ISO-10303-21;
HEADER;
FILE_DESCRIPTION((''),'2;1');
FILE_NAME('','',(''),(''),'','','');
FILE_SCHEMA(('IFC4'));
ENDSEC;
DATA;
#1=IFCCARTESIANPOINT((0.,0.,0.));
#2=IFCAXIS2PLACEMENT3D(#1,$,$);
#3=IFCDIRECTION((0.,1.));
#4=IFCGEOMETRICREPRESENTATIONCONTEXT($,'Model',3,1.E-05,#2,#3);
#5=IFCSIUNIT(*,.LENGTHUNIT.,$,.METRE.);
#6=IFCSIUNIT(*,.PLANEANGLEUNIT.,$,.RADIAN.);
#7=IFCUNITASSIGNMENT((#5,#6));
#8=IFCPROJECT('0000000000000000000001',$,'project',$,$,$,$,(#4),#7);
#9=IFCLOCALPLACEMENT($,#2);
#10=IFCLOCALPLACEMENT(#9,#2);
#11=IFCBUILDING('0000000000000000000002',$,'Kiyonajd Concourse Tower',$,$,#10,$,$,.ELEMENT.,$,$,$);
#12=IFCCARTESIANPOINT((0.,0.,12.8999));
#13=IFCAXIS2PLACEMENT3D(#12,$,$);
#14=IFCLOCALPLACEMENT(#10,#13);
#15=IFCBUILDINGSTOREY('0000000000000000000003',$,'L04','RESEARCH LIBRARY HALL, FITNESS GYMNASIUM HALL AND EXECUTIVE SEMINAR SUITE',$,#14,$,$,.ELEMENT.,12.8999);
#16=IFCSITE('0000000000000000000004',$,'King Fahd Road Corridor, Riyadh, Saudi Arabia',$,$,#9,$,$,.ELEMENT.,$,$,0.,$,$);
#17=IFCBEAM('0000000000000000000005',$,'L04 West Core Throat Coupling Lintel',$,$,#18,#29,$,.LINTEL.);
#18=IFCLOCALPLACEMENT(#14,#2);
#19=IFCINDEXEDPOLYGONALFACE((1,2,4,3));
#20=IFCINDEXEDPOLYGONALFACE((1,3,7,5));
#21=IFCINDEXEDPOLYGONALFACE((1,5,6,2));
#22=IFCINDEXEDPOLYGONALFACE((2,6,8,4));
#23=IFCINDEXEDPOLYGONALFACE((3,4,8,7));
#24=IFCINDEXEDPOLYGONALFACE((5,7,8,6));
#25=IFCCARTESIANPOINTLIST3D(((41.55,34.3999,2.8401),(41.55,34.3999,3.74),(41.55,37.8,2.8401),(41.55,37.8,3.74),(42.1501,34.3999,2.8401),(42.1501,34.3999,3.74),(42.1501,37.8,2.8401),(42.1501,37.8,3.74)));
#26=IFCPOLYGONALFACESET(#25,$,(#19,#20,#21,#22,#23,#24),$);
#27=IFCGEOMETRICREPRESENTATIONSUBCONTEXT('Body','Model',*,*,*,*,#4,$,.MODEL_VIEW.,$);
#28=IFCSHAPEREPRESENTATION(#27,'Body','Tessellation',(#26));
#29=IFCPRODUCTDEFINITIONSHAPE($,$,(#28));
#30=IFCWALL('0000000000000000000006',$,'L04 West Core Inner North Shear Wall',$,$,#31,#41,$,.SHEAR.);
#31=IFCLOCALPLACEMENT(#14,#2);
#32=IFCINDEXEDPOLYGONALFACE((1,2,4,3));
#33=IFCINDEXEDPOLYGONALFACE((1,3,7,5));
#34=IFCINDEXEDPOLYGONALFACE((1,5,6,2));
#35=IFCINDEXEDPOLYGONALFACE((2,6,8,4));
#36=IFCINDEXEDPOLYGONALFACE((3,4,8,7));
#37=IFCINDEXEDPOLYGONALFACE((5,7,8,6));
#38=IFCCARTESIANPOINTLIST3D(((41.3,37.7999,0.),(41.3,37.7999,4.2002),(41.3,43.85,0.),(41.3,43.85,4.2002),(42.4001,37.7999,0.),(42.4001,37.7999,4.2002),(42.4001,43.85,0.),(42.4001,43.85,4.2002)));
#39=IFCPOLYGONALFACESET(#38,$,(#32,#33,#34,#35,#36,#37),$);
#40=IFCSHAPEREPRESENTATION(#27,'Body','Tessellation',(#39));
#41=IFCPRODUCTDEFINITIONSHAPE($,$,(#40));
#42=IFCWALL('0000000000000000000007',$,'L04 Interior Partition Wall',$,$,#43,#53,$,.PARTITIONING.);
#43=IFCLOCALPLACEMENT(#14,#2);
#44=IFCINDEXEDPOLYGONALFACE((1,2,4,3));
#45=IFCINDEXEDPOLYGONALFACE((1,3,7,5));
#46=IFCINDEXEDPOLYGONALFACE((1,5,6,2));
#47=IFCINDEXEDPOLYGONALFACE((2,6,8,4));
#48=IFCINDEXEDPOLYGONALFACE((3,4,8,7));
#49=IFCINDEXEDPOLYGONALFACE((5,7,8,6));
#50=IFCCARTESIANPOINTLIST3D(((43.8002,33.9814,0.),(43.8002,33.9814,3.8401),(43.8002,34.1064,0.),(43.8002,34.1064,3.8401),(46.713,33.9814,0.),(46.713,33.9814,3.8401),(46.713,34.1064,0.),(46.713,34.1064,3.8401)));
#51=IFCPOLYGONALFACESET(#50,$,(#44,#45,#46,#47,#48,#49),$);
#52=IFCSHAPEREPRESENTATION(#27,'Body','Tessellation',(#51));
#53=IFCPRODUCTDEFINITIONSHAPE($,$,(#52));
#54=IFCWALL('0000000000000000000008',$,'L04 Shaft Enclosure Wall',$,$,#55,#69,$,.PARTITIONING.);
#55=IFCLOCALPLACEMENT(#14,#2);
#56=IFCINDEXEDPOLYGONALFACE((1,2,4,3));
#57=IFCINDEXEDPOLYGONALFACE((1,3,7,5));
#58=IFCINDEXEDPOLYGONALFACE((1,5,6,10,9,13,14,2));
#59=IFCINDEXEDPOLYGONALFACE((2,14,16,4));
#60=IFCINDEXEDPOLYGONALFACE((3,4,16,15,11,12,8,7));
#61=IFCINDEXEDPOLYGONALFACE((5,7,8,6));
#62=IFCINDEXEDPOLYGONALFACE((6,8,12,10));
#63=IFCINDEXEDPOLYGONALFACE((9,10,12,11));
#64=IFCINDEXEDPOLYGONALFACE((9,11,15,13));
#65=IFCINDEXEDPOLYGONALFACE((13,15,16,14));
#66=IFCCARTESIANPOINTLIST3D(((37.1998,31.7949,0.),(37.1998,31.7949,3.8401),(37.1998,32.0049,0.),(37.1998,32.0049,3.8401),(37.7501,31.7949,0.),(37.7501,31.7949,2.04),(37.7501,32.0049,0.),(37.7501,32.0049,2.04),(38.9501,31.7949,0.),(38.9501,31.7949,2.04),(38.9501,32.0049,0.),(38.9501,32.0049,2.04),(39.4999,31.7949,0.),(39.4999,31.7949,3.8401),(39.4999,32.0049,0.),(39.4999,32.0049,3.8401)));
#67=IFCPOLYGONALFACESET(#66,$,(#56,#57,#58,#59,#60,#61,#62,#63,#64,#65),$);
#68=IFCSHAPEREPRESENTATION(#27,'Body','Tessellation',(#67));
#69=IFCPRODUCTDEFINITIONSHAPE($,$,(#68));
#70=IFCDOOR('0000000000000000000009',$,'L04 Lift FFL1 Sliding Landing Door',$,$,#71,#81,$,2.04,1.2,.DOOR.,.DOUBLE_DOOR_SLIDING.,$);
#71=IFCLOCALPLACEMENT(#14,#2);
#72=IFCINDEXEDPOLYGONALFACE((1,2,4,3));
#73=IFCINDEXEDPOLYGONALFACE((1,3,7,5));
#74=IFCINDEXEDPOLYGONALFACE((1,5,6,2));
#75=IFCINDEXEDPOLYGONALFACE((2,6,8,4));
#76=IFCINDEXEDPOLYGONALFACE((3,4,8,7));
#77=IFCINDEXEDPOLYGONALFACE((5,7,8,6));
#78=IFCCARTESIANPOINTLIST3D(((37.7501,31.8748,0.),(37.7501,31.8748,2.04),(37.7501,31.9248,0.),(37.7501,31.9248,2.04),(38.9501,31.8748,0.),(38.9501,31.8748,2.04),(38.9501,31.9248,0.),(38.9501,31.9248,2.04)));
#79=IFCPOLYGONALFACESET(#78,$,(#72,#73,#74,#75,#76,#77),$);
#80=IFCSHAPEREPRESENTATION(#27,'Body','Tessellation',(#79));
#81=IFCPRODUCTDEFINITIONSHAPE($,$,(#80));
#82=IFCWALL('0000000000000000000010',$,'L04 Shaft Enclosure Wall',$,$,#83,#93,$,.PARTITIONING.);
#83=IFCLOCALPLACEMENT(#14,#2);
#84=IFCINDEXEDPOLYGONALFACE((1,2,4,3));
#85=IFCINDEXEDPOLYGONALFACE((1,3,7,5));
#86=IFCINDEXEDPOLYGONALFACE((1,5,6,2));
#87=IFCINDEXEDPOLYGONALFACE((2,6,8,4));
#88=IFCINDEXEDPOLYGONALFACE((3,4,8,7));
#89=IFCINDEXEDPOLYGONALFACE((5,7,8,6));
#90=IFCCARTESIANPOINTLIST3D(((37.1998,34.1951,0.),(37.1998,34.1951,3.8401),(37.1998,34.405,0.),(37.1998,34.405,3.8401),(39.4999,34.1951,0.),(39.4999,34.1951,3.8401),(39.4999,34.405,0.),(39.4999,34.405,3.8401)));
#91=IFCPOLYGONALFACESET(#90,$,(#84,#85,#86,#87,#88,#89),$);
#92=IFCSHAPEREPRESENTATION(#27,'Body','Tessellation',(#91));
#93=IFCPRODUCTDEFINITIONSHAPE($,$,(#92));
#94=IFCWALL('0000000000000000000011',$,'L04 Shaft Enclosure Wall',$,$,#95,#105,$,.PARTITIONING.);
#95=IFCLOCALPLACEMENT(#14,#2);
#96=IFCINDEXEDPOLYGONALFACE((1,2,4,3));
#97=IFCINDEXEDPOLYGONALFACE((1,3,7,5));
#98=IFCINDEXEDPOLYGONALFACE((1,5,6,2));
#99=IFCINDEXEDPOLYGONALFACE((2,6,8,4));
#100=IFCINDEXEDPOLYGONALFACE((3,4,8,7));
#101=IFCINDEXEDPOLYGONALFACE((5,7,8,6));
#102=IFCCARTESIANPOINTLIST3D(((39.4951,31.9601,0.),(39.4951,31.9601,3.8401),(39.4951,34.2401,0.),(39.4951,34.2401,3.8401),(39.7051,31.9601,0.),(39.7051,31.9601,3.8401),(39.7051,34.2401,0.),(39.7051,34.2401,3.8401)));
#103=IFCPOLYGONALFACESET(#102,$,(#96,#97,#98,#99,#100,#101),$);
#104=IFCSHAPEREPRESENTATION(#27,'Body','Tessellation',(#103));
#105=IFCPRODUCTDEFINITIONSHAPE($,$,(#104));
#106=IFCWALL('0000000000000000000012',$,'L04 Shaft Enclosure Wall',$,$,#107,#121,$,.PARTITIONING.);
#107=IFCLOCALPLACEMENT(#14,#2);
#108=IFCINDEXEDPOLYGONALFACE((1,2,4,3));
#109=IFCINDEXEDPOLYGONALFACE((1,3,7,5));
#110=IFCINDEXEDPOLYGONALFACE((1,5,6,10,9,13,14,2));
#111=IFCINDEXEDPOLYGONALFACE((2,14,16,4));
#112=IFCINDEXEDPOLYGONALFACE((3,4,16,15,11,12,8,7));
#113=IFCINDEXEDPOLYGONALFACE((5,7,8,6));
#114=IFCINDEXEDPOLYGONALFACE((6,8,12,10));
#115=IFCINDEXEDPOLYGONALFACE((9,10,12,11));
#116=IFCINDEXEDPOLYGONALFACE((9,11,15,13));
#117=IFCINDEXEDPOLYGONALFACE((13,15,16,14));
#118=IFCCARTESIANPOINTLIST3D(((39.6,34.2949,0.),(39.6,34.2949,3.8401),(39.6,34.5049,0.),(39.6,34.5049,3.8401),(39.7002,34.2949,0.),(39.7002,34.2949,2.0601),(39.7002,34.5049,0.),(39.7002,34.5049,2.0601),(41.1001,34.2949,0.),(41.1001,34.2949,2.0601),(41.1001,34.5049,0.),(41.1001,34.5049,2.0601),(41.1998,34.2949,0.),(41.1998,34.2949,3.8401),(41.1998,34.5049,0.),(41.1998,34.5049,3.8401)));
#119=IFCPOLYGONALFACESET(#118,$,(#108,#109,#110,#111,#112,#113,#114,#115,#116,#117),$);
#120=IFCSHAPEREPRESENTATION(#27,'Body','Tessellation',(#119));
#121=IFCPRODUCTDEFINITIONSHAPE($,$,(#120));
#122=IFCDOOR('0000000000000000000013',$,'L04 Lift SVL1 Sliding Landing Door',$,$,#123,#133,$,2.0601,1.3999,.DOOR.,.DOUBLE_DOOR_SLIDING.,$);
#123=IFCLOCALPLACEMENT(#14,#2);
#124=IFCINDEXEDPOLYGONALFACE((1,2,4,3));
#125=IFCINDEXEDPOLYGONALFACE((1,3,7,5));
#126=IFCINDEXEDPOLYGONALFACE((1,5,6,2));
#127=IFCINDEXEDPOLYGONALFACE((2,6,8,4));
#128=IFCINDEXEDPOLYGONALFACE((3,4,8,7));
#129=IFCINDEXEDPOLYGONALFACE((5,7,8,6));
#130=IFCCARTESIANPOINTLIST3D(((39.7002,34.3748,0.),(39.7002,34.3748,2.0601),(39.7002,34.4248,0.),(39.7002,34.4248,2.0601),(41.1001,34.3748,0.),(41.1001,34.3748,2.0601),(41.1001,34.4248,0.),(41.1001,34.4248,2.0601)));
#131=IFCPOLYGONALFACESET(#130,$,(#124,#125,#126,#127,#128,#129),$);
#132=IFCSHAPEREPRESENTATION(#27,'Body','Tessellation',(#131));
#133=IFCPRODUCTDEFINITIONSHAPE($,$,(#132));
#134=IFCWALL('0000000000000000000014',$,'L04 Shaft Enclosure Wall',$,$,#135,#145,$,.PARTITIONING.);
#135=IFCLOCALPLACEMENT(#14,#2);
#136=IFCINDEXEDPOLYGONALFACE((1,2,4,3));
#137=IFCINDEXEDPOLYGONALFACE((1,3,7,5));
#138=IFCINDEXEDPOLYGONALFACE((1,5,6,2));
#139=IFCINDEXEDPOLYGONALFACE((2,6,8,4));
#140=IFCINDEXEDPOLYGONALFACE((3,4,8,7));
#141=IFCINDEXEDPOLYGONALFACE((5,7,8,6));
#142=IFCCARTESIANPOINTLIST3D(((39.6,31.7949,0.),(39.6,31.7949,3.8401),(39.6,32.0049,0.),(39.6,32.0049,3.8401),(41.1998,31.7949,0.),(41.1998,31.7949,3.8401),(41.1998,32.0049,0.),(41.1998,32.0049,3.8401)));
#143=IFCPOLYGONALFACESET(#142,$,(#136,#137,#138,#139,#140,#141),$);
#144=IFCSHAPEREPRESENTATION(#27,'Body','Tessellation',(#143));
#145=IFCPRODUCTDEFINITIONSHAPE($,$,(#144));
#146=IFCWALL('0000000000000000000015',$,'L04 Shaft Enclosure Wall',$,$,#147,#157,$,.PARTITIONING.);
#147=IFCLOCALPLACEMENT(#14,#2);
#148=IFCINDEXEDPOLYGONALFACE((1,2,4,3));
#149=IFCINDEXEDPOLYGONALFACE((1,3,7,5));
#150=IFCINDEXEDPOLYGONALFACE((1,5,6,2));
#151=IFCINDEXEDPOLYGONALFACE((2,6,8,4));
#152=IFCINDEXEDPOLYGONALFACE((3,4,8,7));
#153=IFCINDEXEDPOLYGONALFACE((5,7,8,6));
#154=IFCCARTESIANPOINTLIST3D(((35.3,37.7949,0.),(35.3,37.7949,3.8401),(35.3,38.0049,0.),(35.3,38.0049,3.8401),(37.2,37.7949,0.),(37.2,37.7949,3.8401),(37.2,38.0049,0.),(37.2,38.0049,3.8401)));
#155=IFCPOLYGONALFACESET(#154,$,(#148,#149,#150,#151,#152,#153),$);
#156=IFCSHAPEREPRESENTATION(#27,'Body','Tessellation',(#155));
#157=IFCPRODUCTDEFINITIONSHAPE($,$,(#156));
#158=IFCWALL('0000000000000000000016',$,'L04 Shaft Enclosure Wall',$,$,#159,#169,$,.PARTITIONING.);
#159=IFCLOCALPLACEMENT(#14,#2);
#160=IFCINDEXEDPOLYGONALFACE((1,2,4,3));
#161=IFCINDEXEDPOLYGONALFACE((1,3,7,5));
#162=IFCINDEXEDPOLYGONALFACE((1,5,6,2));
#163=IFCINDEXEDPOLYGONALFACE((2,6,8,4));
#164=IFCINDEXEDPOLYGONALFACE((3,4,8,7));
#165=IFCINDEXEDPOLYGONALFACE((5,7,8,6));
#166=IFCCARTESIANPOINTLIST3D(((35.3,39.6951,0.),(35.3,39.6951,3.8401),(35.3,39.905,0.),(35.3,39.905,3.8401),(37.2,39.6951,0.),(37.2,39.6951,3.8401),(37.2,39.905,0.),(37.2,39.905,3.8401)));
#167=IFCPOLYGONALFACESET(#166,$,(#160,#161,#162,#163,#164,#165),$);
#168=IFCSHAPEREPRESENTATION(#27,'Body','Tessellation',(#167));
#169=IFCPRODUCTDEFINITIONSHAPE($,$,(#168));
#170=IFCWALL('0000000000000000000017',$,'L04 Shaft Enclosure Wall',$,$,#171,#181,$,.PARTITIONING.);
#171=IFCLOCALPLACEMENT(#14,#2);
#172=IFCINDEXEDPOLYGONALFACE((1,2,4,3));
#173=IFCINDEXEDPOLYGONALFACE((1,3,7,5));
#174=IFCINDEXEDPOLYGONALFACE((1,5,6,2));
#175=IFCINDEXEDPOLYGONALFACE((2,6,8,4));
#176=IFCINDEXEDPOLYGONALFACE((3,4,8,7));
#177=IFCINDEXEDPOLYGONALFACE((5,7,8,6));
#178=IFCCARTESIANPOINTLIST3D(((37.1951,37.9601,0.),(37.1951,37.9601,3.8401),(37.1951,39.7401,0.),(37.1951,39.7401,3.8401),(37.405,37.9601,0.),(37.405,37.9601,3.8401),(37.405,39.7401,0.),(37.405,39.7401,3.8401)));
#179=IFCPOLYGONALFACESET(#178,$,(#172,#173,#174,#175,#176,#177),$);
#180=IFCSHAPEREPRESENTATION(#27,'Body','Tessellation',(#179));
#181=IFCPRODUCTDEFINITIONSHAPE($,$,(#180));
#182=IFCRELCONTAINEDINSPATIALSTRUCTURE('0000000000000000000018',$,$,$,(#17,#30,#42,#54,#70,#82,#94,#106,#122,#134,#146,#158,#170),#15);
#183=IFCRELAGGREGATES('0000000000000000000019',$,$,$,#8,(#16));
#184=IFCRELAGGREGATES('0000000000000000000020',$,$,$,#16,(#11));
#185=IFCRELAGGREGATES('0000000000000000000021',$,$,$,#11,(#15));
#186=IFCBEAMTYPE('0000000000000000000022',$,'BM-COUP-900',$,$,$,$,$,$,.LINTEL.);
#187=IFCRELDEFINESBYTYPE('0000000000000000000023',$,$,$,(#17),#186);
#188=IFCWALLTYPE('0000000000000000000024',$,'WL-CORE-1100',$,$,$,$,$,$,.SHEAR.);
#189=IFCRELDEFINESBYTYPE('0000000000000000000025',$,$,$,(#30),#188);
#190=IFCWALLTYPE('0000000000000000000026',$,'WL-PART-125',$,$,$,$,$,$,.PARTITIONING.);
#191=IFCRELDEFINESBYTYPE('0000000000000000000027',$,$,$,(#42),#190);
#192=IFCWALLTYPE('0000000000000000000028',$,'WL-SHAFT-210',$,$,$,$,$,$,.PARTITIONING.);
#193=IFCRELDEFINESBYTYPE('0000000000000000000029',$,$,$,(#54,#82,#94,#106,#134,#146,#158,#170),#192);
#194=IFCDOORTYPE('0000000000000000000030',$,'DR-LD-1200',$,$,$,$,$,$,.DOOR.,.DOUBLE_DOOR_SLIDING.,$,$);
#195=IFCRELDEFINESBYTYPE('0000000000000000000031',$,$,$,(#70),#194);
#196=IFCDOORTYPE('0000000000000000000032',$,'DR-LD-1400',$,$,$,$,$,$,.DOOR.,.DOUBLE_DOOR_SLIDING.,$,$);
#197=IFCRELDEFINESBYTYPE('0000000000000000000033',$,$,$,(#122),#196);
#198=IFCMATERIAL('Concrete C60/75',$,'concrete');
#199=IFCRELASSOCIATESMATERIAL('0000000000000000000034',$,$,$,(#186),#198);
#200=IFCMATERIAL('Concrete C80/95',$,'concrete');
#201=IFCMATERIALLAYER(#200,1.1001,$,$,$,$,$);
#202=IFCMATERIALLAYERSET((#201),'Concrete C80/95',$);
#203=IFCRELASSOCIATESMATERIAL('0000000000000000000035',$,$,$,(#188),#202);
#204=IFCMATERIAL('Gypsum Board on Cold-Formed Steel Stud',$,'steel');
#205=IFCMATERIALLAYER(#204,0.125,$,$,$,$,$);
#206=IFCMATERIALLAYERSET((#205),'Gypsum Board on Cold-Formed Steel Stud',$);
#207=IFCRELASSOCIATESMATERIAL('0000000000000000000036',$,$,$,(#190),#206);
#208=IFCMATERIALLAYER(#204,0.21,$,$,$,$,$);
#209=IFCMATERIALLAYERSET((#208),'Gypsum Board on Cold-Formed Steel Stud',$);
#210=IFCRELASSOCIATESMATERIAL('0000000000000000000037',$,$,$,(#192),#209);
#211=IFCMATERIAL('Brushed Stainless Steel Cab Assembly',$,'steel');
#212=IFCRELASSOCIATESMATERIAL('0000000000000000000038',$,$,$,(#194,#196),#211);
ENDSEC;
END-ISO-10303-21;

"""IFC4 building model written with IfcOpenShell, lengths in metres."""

from ifc_helpers import new_model, si_unit, direction, frame, frame_2d, origin, origin_2d, place, context, subcontext, project, spatial, rectangle, extrude, material, layer, layer_set, material_profile, profile_set, type_object, element, fill, save


model = new_model("IFC4")

# Units and contexts
model_context = context("Model", 3, precision=1e-05, world=origin(), true_north=direction((0.0, 1.0)))
body_context = subcontext(model_context, "Body", "Model", "MODEL_VIEW")
ifc_project = project(units=[si_unit("LENGTHUNIT", "METRE"), si_unit("PLANEANGLEUNIT", "RADIAN")], contexts=[model_context])

# Site, building, storey
site_placement = place(None, origin())
site = spatial("IfcSite", under=ifc_project, at=site_placement, Name="King Fahd Road Corridor, Riyadh, Saudi Arabia", CompositionType="ELEMENT", RefElevation=0.0)
building_placement = place(site_placement, origin())
building = spatial("IfcBuilding", under=site, at=building_placement, Name="Kiyonajd Concourse Tower", CompositionType="ELEMENT")
storey_placement = place(building_placement, frame((0.0, 0.0, 12.8999)))
storey = spatial("IfcBuildingStorey", under=building, at=storey_placement, Name="L04", Description="RESEARCH LIBRARY HALL, FITNESS GYMNASIUM HALL AND EXECUTIVE SEMINAR SUITE", CompositionType="ELEMENT", Elevation=12.8999)

# Beam
ifc_material_1 = material(Name="Concrete C60/75", Category="concrete")
ifc_material_profile = material_profile(ifc_material_1, rectangle(XDim=0.6001, YDim=0.8999, at=origin_2d()), Name="RCBM-600x900")
ifc_profile_set = profile_set([ifc_material_profile], Name="Concrete C60/75")
beam_type = type_object("IfcBeamType", Name="BM-COUP-900", PredefinedType="LINTEL", material=ifc_profile_set)
beam_placement = place(storey_placement, frame((41.8501, 34.3999, 3.29), z_axis=(0.0, 1.0, 0.0), x_axis=(-1.0, 0.0, 0.0)))
element("IfcBeam", 1, at=beam_placement, inside=storey, type_object=beam_type, Name="L04 West Core Throat Coupling Lintel", PredefinedType="LINTEL", context=body_context, shape_type="SweptSolid", body=[
    extrude(rectangle(XDim=0.6001, YDim=0.8999, at=origin_2d()), origin(), (0.0, 0.0, 1.0), 3.4001),
])

# Walls
ifc_material_2 = material(Name="Concrete C80/95", Category="concrete")
ifc_layer_1 = layer(ifc_material_2, 1.1001)
ifc_layer_set_1 = layer_set([ifc_layer_1], Name="Concrete C80/95")
wall_type_1 = type_object("IfcWallType", Name="WL-CORE-1100", PredefinedType="SHEAR", material=ifc_layer_set_1)
wall_1_placement = place(storey_placement, frame((41.8501, 37.8, 0.0), z_axis=(0.0, 0.0, 1.0), x_axis=(0.0, 1.0, 0.0)))
element("IfcWall", 2, at=wall_1_placement, inside=storey, type_object=wall_type_1, Name="L04 West Core Inner North Shear Wall", PredefinedType="SHEAR", context=body_context, shape_type="SweptSolid", body=[
    extrude(rectangle(XDim=6.05, YDim=1.1001, at=frame_2d((3.0249, 0.0))), origin(), (0.0, 0.0, 1.0), 4.2002),
])
ifc_material_3 = material(Name="Gypsum Board on Cold-Formed Steel Stud", Category="steel")
ifc_layer_2 = layer(ifc_material_3, 0.125)
ifc_layer_set_2 = layer_set([ifc_layer_2], Name="Gypsum Board on Cold-Formed Steel Stud")
wall_type_2 = type_object("IfcWallType", Name="WL-PART-125", PredefinedType="PARTITIONING", material=ifc_layer_set_2)
wall_2_placement = place(storey_placement, frame((43.8, 34.0439, 0.0), z_axis=(0.0, 0.0, 1.0), x_axis=(1.0, 0.0, 0.0)))
element("IfcWall", 3, at=wall_2_placement, inside=storey, type_object=wall_type_2, Name="L04 Interior Partition Wall", PredefinedType="PARTITIONING", context=body_context, shape_type="SweptSolid", body=[
    extrude(rectangle(XDim=2.9128, YDim=0.125, at=frame_2d((1.4565, 0.0))), origin(), (0.0, 0.0, 1.0), 3.8401),
])

# Wall, opening, door
ifc_layer_3 = layer(ifc_material_3, 0.21)
ifc_layer_set_3 = layer_set([ifc_layer_3], Name="Gypsum Board on Cold-Formed Steel Stud")
wall_type_3 = type_object("IfcWallType", Name="WL-SHAFT-210", PredefinedType="PARTITIONING", material=ifc_layer_set_3)
wall_3_placement = place(storey_placement, frame((37.2, 31.8999, 0.0), z_axis=(0.0, 0.0, 1.0), x_axis=(1.0, 0.0, 0.0)))
wall_3 = element("IfcWall", 4, at=wall_3_placement, inside=storey, type_object=wall_type_3, Name="L04 Shaft Enclosure Wall", PredefinedType="PARTITIONING", context=body_context, shape_type="SweptSolid", body=[
    extrude(rectangle(XDim=2.3, YDim=0.21, at=frame_2d((1.1499, 0.0))), origin(), (0.0, 0.0, 1.0), 3.8401),
])
opening_1_placement = place(wall_3_placement, frame((0.55, 0.0, 0.0)))
opening_1 = element("IfcOpeningElement", 5, at=opening_1_placement, cuts=wall_3, PredefinedType="OPENING", context=body_context, shape_type="SweptSolid", body=[
    extrude(rectangle(XDim=1.2, YDim=2.04, at=frame_2d((0.6001, 1.02))), frame((0.0, 0.115, 0.0), z_axis=(0.0, -1.0, 0.0), x_axis=(1.0, 0.0, 0.0)), (0.0, 0.0, 1.0), 0.23),
])
ifc_material_4 = material(Name="Brushed Stainless Steel Cab Assembly", Category="steel")
door_type_1 = type_object("IfcDoorType", Name="DR-LD-1200", OperationType="DOUBLE_DOOR_SLIDING", PredefinedType="DOOR", material=ifc_material_4)
door_1_placement = place(opening_1_placement, origin())
door_1 = element("IfcDoor", 6, at=door_1_placement, inside=storey, type_object=door_type_1, Name="L04 Lift FFL1 Sliding Landing Door", OperationType="DOUBLE_DOOR_SLIDING", OverallHeight=2.04, OverallWidth=1.2, PredefinedType="DOOR", context=body_context, shape_type="SweptSolid", body=[
    extrude(rectangle(XDim=1.2, YDim=2.04, at=frame_2d((0.6001, 1.02))), frame((0.0, 0.0249, 0.0), z_axis=(0.0, -1.0, 0.0), x_axis=(1.0, 0.0, 0.0)), (0.0, 0.0, 1.0), 0.05),
])
fill(opening_1, door_1)

# Walls
wall_4_placement = place(storey_placement, frame((37.2, 34.3, 0.0), z_axis=(0.0, 0.0, 1.0), x_axis=(1.0, 0.0, 0.0)))
element("IfcWall", 7, at=wall_4_placement, inside=storey, type_object=wall_type_3, Name="L04 Shaft Enclosure Wall", PredefinedType="PARTITIONING", context=body_context, shape_type="SweptSolid", body=[
    extrude(rectangle(XDim=2.3, YDim=0.21, at=frame_2d((1.1499, 0.0))), origin(), (0.0, 0.0, 1.0), 3.8401),
])
wall_5_placement = place(storey_placement, frame((39.6001, 31.96, 0.0), z_axis=(0.0, 0.0, 1.0), x_axis=(0.0, 1.0, 0.0)))
element("IfcWall", 8, at=wall_5_placement, inside=storey, type_object=wall_type_3, Name="L04 Shaft Enclosure Wall", PredefinedType="PARTITIONING", context=body_context, shape_type="SweptSolid", body=[
    extrude(rectangle(XDim=2.28, YDim=0.21, at=frame_2d((1.1401, 0.0))), origin(), (0.0, 0.0, 1.0), 3.8401),
])

# Wall, opening, door
wall_6_placement = place(storey_placement, frame((39.6001, 34.3999, 0.0), z_axis=(0.0, 0.0, 1.0), x_axis=(1.0, 0.0, 0.0)))
wall_6 = element("IfcWall", 9, at=wall_6_placement, inside=storey, type_object=wall_type_3, Name="L04 Shaft Enclosure Wall", PredefinedType="PARTITIONING", context=body_context, shape_type="SweptSolid", body=[
    extrude(rectangle(XDim=1.5999, YDim=0.21, at=frame_2d((0.7998, 0.0))), origin(), (0.0, 0.0, 1.0), 3.8401),
])
opening_2_placement = place(wall_6_placement, frame((0.1001, 0.0, 0.0)))
opening_2 = element("IfcOpeningElement", 10, at=opening_2_placement, cuts=wall_6, PredefinedType="OPENING", context=body_context, shape_type="SweptSolid", body=[
    extrude(rectangle(XDim=1.3999, YDim=2.0601, at=frame_2d((0.7, 1.03))), frame((0.0, 0.115, 0.0), z_axis=(0.0, -1.0, 0.0), x_axis=(1.0, 0.0, 0.0)), (0.0, 0.0, 1.0), 0.23),
])
door_type_2 = type_object("IfcDoorType", Name="DR-LD-1400", OperationType="DOUBLE_DOOR_SLIDING", PredefinedType="DOOR", material=ifc_material_4)
door_2_placement = place(opening_2_placement, origin())
door_2 = element("IfcDoor", 11, at=door_2_placement, inside=storey, type_object=door_type_2, Name="L04 Lift SVL1 Sliding Landing Door", OperationType="DOUBLE_DOOR_SLIDING", OverallHeight=2.0601, OverallWidth=1.3999, PredefinedType="DOOR", context=body_context, shape_type="SweptSolid", body=[
    extrude(rectangle(XDim=1.3999, YDim=2.0601, at=frame_2d((0.7, 1.03))), frame((0.0, 0.0249, 0.0), z_axis=(0.0, -1.0, 0.0), x_axis=(1.0, 0.0, 0.0)), (0.0, 0.0, 1.0), 0.05),
])
fill(opening_2, door_2)

# Walls
wall_7_placement = place(storey_placement, frame((39.6001, 31.8999, 0.0), z_axis=(0.0, 0.0, 1.0), x_axis=(1.0, 0.0, 0.0)))
element("IfcWall", 12, at=wall_7_placement, inside=storey, type_object=wall_type_3, Name="L04 Shaft Enclosure Wall", PredefinedType="PARTITIONING", context=body_context, shape_type="SweptSolid", body=[
    extrude(rectangle(XDim=1.5999, YDim=0.21, at=frame_2d((0.7998, 0.0))), origin(), (0.0, 0.0, 1.0), 3.8401),
])
for number, where, z_axis, x_axis, name in (
    (13, (35.3, 37.8999, 0.0), (0.0, 0.0, 1.0), (1.0, 0.0, 0.0), "L04 Shaft Enclosure Wall"),
    (14, (35.3, 39.8, 0.0), (0.0, 0.0, 1.0), (1.0, 0.0, 0.0), "L04 Shaft Enclosure Wall"),
):
    element("IfcWall", number, at=place(storey_placement, frame(where, z_axis=z_axis, x_axis=x_axis)), inside=storey, type_object=wall_type_3, Name=name, PredefinedType="PARTITIONING", context=body_context, shape_type="SweptSolid", body=[
        extrude(rectangle(XDim=1.8999, YDim=0.21, at=frame_2d((0.95, 0.0))), origin(), (0.0, 0.0, 1.0), 3.8401),
    ])
wall_8_placement = place(storey_placement, frame((37.3, 37.96, 0.0), z_axis=(0.0, 0.0, 1.0), x_axis=(0.0, 1.0, 0.0)))
element("IfcWall", 15, at=wall_8_placement, inside=storey, type_object=wall_type_3, Name="L04 Shaft Enclosure Wall", PredefinedType="PARTITIONING", context=body_context, shape_type="SweptSolid", body=[
    extrude(rectangle(XDim=1.78, YDim=0.21, at=frame_2d((0.8901, 0.0))), origin(), (0.0, 0.0, 1.0), 3.8401),
])

save(model, "model.ifc")
